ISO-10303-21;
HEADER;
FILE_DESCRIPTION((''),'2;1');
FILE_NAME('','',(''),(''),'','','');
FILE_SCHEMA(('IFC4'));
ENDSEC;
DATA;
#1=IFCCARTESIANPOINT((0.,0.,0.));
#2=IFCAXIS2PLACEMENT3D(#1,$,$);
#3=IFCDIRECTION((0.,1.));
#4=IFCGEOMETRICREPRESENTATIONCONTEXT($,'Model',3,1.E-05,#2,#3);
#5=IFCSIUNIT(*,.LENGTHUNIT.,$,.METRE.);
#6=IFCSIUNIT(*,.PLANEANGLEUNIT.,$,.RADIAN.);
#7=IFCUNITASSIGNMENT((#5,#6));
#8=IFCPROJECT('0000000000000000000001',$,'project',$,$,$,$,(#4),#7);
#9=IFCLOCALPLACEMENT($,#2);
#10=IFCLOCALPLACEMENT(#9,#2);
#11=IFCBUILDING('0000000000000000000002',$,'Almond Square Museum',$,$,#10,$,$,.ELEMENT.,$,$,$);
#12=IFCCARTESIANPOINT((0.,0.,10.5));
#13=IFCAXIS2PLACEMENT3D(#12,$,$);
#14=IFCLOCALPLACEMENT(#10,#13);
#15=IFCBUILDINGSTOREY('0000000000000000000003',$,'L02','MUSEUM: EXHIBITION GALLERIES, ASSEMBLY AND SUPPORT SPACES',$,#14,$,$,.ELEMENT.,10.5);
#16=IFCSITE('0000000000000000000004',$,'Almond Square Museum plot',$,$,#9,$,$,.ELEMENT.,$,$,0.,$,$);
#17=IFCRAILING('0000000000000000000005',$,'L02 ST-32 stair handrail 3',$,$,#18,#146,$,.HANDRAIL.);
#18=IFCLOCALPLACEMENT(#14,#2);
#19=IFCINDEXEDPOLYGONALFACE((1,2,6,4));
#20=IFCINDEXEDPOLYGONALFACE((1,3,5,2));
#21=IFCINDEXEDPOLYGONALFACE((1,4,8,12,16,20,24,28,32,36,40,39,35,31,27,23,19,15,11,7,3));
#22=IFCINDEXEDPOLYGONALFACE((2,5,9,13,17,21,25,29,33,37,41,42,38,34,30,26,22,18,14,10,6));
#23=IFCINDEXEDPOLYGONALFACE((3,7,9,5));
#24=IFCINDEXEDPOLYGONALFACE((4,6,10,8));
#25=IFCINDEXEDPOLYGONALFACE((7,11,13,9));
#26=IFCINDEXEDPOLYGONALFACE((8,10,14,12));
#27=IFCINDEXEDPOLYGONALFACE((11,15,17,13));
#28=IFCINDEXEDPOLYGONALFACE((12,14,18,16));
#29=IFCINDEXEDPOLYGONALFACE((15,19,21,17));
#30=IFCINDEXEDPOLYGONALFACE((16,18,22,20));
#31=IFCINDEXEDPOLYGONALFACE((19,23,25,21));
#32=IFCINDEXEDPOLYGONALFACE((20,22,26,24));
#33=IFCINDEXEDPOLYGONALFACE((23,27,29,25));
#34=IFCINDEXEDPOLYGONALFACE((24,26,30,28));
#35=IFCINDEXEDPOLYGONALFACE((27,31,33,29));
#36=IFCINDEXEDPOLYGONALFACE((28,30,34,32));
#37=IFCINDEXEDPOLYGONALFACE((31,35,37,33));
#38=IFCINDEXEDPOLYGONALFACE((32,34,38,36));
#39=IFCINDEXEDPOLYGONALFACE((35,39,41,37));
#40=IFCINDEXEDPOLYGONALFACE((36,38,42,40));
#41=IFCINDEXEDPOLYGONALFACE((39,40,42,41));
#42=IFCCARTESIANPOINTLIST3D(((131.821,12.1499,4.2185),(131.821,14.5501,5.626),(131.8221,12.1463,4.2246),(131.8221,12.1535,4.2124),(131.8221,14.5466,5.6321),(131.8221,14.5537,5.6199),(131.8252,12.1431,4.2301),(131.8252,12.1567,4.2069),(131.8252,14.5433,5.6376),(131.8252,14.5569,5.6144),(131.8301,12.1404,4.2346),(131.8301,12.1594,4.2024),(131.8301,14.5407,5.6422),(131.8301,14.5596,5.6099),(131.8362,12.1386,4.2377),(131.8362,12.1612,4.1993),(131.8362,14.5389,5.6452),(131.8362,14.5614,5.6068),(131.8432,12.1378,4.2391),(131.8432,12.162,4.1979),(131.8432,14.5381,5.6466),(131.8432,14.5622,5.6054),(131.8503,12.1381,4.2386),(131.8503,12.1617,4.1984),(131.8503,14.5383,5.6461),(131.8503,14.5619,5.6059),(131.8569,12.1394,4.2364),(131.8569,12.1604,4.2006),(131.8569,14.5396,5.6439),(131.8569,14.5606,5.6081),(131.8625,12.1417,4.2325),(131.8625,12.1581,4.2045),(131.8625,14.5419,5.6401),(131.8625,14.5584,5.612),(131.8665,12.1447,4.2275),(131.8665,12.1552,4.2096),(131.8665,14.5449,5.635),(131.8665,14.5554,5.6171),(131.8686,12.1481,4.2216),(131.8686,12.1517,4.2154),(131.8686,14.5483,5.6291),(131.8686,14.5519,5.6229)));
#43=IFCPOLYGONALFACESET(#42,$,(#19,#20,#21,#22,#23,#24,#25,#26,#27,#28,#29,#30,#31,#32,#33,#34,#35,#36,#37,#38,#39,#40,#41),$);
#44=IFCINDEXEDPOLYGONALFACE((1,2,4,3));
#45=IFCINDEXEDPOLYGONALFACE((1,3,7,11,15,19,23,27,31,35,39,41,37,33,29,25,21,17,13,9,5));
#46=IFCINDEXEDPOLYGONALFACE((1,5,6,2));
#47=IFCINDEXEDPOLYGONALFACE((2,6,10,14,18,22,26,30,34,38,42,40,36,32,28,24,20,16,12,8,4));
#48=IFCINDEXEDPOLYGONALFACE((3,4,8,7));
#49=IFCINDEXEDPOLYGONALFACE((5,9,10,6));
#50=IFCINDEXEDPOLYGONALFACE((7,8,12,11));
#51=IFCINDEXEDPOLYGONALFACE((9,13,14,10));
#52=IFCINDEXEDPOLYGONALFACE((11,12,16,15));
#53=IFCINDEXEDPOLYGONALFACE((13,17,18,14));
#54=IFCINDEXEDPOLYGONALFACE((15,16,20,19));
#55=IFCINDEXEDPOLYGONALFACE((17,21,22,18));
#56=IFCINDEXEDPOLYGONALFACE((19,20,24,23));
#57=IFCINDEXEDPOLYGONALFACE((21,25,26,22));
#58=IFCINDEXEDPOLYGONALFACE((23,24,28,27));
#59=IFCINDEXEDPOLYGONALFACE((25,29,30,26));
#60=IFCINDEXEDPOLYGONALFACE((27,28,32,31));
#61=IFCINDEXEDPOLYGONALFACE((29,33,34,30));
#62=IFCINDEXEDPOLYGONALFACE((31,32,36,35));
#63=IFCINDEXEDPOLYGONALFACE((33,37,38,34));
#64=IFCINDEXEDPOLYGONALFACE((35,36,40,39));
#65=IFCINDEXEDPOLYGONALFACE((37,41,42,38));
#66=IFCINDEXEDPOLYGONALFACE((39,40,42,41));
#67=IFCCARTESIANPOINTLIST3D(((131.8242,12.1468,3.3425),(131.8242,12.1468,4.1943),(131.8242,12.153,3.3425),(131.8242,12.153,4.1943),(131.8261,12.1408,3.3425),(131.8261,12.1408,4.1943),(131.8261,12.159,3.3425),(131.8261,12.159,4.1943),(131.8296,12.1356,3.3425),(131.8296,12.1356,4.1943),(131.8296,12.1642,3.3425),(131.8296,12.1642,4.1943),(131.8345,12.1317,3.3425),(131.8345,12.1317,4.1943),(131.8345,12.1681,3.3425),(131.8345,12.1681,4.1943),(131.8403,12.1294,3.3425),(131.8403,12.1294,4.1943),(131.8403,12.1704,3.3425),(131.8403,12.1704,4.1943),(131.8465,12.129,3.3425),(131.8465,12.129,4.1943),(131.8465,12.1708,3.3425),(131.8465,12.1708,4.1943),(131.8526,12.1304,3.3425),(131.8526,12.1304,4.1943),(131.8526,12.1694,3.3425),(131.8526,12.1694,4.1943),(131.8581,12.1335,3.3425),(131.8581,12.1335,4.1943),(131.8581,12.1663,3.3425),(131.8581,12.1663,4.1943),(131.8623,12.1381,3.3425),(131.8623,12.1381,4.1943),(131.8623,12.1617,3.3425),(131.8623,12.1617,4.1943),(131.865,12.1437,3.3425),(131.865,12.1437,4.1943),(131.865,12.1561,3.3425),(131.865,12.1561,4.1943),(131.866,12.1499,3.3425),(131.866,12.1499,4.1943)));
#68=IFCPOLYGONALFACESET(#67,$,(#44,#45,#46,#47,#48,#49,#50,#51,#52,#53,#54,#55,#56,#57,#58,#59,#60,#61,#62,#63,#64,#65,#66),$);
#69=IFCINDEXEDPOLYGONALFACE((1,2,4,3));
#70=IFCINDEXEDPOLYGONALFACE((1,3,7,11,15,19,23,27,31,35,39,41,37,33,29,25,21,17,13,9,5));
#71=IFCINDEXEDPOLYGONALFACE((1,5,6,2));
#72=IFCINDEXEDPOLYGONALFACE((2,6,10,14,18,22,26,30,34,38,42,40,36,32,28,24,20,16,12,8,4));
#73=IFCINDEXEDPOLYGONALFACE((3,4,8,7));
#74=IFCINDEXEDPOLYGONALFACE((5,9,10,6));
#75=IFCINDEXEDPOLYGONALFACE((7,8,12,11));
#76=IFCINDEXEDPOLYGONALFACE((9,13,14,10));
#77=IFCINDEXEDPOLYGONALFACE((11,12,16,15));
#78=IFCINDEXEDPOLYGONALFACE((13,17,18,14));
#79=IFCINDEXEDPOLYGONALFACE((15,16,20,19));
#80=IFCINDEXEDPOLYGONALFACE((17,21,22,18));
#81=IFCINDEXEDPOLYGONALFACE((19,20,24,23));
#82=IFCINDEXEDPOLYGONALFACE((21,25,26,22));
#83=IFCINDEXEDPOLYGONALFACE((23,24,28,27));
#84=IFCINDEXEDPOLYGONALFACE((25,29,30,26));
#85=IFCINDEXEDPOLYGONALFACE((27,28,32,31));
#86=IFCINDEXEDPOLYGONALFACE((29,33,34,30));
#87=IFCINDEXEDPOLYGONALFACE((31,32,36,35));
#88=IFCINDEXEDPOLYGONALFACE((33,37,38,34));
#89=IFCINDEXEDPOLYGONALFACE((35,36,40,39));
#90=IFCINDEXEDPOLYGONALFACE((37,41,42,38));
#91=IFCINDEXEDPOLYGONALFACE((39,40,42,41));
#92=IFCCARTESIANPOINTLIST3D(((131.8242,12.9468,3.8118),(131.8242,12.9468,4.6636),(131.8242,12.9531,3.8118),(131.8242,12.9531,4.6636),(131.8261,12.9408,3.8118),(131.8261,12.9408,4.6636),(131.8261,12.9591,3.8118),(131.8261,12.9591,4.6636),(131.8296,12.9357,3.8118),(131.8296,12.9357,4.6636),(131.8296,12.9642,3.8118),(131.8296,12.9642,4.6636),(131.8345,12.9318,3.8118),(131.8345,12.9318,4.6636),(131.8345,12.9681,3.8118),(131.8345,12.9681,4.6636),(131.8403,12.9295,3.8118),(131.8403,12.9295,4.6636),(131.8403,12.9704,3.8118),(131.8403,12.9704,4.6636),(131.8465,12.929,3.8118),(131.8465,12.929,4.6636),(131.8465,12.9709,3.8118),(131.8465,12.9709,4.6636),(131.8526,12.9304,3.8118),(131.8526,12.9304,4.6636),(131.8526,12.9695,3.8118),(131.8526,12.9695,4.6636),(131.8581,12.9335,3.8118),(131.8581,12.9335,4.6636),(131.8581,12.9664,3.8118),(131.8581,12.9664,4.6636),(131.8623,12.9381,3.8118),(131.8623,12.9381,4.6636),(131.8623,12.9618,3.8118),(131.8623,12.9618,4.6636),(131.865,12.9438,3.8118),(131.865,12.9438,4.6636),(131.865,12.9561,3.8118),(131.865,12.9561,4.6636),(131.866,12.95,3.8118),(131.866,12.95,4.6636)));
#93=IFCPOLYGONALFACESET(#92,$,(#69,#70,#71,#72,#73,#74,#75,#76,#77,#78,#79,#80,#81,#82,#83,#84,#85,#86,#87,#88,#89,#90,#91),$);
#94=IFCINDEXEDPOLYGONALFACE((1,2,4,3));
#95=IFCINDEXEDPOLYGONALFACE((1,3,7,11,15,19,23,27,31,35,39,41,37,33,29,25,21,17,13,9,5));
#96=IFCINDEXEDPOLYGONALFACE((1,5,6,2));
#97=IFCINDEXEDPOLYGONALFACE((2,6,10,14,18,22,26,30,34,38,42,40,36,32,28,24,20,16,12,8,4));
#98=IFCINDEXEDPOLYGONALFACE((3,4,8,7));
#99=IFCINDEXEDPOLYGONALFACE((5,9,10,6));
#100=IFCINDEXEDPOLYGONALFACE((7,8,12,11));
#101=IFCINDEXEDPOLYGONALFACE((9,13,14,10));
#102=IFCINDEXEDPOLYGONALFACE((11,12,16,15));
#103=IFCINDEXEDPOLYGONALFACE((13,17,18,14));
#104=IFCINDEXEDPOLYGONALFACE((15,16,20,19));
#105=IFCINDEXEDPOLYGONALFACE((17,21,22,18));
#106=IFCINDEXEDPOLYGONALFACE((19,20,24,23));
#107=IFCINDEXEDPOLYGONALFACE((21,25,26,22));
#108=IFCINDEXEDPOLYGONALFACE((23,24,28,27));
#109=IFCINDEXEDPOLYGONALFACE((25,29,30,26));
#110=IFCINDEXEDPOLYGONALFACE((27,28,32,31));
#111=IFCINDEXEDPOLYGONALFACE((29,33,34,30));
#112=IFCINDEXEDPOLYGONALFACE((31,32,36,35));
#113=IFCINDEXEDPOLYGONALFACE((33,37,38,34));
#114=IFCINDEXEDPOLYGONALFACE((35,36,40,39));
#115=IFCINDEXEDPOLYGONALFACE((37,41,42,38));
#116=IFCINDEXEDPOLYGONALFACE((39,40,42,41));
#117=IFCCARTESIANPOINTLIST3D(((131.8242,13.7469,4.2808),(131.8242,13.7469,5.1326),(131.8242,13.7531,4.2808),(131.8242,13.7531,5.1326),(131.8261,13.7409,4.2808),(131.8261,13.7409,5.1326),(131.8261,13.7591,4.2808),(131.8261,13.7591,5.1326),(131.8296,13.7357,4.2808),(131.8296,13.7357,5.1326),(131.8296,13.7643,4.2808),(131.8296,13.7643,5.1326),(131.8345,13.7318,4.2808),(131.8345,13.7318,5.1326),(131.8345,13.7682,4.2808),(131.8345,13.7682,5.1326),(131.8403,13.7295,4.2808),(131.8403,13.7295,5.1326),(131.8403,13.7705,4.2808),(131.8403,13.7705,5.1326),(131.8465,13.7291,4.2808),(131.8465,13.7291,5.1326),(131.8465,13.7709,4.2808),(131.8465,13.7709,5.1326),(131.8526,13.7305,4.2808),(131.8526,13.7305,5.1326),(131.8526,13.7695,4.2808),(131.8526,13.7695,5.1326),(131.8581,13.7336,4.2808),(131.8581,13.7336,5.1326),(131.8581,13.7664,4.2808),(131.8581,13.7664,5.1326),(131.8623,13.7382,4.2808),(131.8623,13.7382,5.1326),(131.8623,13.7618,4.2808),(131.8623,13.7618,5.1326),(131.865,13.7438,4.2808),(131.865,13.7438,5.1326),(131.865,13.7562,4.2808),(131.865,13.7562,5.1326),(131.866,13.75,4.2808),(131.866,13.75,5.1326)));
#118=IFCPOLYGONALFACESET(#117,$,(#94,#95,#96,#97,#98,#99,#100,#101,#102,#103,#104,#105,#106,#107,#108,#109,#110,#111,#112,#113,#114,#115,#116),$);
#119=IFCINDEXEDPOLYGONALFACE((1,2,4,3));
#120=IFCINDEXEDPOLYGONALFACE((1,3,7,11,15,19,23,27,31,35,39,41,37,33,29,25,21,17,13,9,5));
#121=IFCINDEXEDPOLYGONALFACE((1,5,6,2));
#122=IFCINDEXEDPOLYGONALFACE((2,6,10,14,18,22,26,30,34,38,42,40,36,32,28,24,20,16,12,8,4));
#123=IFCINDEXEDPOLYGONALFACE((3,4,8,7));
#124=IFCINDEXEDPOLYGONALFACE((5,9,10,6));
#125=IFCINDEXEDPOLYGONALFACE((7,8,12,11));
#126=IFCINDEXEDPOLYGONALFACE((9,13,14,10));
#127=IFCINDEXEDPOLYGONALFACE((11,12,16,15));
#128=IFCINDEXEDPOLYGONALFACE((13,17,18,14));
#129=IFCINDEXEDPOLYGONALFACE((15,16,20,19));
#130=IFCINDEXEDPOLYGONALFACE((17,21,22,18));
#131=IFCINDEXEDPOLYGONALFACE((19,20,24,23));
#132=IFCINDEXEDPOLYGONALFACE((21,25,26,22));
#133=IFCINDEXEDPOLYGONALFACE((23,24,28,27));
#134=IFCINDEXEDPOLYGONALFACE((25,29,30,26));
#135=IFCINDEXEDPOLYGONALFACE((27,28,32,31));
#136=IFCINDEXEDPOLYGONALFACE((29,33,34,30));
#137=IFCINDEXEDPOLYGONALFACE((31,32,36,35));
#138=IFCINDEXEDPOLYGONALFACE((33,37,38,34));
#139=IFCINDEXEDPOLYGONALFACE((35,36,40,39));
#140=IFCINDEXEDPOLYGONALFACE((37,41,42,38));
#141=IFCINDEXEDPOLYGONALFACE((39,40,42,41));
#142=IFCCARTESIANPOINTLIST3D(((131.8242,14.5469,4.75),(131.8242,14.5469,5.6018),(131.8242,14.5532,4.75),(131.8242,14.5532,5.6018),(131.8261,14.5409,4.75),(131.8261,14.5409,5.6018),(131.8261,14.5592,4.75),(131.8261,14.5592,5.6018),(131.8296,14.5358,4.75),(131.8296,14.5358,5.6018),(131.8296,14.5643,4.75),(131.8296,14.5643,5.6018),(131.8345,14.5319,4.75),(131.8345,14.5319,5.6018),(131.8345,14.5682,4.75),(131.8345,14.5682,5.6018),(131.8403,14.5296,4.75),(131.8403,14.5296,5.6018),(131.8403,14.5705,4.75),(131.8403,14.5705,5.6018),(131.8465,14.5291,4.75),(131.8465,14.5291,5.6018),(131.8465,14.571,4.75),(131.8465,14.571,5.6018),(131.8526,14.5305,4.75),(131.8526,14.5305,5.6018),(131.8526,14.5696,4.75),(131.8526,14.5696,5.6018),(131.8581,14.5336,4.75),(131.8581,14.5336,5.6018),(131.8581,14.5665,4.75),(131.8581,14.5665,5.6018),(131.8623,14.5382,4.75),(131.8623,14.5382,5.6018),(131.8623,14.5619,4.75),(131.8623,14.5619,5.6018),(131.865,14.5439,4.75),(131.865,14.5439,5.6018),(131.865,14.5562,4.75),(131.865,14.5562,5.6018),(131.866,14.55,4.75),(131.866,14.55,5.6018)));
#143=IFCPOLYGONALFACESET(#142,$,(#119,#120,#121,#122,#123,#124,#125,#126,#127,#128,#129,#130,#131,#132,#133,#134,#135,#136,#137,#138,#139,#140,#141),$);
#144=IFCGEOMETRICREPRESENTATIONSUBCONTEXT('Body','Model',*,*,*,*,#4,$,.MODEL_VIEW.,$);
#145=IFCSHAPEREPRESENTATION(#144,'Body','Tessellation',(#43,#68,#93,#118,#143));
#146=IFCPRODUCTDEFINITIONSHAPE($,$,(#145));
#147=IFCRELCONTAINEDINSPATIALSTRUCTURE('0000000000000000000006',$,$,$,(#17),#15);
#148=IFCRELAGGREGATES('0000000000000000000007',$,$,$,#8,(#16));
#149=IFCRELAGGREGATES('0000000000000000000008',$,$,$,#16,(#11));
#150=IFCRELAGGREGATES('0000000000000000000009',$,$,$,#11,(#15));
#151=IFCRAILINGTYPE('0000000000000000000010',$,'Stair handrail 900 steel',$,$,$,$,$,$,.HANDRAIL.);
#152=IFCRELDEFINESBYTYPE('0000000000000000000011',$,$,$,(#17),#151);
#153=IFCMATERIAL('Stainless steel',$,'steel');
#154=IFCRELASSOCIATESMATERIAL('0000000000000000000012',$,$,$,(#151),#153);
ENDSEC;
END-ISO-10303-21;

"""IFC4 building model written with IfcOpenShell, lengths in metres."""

from ifc_helpers import new_model, si_unit, direction, frame, origin, origin_2d, place, context, subcontext, project, spatial, circle, extrude, material, type_object, element, save


model = new_model("IFC4")

# Units and contexts
model_context = context("Model", 3, precision=1e-05, world=origin(), true_north=direction((0.0, 1.0)))
body_context = subcontext(model_context, "Body", "Model", "MODEL_VIEW")
ifc_project = project(units=[si_unit("LENGTHUNIT", "METRE"), si_unit("PLANEANGLEUNIT", "RADIAN")], contexts=[model_context])

# Site, building, storey
site_placement = place(None, origin())
site = spatial("IfcSite", under=ifc_project, at=site_placement, Name="Almond Square Museum plot", CompositionType="ELEMENT", RefElevation=0.0)
building_placement = place(site_placement, origin())
building = spatial("IfcBuilding", under=site, at=building_placement, Name="Almond Square Museum", CompositionType="ELEMENT")
storey_placement = place(building_placement, frame((0.0, 0.0, 10.5)))
storey = spatial("IfcBuildingStorey", under=building, at=storey_placement, Name="L02", Description="MUSEUM: EXHIBITION GALLERIES, ASSEMBLY AND SUPPORT SPACES", CompositionType="ELEMENT", Elevation=10.5)

# Railing
ifc_material_1 = material(Name="Stainless steel", Category="steel")
railing_type_1 = type_object("IfcRailingType", Name="Stair handrail 900 steel", PredefinedType="HANDRAIL", material=ifc_material_1)
railing_1_placement = place(storey_placement, frame((131.845, 12.1499, 3.3425)))
element("IfcRailing", 1, at=railing_1_placement, inside=storey, type_object=railing_type_1, Name="L02 ST-32 stair handrail 3", PredefinedType="HANDRAIL", context=body_context, shape_type="SweptSolid", body=[
    extrude(circle(Radius=0.0239, at=origin_2d()), frame((0.0, 0.0, 0.876), z_axis=(0.0, 0.862621, 0.50585), x_axis=(-1.0, 0.0, 0.0)), (0.0, 0.0, 1.0), 2.7825),
    extrude(circle(Radius=0.021, at=origin_2d()), origin(), (0.0, 0.0, 1.0), 0.8518),
    extrude(circle(Radius=0.021, at=origin_2d()), frame((0.0, 0.8, 0.4692)), (0.0, 0.0, 1.0), 0.8518),
    extrude(circle(Radius=0.021, at=origin_2d()), frame((0.0, 1.6001, 0.9382)), (0.0, 0.0, 1.0), 0.8518),
    extrude(circle(Radius=0.021, at=origin_2d()), frame((0.0, 2.4001, 1.4075)), (0.0, 0.0, 1.0), 0.8518),
])

save(model, "model.ifc")
